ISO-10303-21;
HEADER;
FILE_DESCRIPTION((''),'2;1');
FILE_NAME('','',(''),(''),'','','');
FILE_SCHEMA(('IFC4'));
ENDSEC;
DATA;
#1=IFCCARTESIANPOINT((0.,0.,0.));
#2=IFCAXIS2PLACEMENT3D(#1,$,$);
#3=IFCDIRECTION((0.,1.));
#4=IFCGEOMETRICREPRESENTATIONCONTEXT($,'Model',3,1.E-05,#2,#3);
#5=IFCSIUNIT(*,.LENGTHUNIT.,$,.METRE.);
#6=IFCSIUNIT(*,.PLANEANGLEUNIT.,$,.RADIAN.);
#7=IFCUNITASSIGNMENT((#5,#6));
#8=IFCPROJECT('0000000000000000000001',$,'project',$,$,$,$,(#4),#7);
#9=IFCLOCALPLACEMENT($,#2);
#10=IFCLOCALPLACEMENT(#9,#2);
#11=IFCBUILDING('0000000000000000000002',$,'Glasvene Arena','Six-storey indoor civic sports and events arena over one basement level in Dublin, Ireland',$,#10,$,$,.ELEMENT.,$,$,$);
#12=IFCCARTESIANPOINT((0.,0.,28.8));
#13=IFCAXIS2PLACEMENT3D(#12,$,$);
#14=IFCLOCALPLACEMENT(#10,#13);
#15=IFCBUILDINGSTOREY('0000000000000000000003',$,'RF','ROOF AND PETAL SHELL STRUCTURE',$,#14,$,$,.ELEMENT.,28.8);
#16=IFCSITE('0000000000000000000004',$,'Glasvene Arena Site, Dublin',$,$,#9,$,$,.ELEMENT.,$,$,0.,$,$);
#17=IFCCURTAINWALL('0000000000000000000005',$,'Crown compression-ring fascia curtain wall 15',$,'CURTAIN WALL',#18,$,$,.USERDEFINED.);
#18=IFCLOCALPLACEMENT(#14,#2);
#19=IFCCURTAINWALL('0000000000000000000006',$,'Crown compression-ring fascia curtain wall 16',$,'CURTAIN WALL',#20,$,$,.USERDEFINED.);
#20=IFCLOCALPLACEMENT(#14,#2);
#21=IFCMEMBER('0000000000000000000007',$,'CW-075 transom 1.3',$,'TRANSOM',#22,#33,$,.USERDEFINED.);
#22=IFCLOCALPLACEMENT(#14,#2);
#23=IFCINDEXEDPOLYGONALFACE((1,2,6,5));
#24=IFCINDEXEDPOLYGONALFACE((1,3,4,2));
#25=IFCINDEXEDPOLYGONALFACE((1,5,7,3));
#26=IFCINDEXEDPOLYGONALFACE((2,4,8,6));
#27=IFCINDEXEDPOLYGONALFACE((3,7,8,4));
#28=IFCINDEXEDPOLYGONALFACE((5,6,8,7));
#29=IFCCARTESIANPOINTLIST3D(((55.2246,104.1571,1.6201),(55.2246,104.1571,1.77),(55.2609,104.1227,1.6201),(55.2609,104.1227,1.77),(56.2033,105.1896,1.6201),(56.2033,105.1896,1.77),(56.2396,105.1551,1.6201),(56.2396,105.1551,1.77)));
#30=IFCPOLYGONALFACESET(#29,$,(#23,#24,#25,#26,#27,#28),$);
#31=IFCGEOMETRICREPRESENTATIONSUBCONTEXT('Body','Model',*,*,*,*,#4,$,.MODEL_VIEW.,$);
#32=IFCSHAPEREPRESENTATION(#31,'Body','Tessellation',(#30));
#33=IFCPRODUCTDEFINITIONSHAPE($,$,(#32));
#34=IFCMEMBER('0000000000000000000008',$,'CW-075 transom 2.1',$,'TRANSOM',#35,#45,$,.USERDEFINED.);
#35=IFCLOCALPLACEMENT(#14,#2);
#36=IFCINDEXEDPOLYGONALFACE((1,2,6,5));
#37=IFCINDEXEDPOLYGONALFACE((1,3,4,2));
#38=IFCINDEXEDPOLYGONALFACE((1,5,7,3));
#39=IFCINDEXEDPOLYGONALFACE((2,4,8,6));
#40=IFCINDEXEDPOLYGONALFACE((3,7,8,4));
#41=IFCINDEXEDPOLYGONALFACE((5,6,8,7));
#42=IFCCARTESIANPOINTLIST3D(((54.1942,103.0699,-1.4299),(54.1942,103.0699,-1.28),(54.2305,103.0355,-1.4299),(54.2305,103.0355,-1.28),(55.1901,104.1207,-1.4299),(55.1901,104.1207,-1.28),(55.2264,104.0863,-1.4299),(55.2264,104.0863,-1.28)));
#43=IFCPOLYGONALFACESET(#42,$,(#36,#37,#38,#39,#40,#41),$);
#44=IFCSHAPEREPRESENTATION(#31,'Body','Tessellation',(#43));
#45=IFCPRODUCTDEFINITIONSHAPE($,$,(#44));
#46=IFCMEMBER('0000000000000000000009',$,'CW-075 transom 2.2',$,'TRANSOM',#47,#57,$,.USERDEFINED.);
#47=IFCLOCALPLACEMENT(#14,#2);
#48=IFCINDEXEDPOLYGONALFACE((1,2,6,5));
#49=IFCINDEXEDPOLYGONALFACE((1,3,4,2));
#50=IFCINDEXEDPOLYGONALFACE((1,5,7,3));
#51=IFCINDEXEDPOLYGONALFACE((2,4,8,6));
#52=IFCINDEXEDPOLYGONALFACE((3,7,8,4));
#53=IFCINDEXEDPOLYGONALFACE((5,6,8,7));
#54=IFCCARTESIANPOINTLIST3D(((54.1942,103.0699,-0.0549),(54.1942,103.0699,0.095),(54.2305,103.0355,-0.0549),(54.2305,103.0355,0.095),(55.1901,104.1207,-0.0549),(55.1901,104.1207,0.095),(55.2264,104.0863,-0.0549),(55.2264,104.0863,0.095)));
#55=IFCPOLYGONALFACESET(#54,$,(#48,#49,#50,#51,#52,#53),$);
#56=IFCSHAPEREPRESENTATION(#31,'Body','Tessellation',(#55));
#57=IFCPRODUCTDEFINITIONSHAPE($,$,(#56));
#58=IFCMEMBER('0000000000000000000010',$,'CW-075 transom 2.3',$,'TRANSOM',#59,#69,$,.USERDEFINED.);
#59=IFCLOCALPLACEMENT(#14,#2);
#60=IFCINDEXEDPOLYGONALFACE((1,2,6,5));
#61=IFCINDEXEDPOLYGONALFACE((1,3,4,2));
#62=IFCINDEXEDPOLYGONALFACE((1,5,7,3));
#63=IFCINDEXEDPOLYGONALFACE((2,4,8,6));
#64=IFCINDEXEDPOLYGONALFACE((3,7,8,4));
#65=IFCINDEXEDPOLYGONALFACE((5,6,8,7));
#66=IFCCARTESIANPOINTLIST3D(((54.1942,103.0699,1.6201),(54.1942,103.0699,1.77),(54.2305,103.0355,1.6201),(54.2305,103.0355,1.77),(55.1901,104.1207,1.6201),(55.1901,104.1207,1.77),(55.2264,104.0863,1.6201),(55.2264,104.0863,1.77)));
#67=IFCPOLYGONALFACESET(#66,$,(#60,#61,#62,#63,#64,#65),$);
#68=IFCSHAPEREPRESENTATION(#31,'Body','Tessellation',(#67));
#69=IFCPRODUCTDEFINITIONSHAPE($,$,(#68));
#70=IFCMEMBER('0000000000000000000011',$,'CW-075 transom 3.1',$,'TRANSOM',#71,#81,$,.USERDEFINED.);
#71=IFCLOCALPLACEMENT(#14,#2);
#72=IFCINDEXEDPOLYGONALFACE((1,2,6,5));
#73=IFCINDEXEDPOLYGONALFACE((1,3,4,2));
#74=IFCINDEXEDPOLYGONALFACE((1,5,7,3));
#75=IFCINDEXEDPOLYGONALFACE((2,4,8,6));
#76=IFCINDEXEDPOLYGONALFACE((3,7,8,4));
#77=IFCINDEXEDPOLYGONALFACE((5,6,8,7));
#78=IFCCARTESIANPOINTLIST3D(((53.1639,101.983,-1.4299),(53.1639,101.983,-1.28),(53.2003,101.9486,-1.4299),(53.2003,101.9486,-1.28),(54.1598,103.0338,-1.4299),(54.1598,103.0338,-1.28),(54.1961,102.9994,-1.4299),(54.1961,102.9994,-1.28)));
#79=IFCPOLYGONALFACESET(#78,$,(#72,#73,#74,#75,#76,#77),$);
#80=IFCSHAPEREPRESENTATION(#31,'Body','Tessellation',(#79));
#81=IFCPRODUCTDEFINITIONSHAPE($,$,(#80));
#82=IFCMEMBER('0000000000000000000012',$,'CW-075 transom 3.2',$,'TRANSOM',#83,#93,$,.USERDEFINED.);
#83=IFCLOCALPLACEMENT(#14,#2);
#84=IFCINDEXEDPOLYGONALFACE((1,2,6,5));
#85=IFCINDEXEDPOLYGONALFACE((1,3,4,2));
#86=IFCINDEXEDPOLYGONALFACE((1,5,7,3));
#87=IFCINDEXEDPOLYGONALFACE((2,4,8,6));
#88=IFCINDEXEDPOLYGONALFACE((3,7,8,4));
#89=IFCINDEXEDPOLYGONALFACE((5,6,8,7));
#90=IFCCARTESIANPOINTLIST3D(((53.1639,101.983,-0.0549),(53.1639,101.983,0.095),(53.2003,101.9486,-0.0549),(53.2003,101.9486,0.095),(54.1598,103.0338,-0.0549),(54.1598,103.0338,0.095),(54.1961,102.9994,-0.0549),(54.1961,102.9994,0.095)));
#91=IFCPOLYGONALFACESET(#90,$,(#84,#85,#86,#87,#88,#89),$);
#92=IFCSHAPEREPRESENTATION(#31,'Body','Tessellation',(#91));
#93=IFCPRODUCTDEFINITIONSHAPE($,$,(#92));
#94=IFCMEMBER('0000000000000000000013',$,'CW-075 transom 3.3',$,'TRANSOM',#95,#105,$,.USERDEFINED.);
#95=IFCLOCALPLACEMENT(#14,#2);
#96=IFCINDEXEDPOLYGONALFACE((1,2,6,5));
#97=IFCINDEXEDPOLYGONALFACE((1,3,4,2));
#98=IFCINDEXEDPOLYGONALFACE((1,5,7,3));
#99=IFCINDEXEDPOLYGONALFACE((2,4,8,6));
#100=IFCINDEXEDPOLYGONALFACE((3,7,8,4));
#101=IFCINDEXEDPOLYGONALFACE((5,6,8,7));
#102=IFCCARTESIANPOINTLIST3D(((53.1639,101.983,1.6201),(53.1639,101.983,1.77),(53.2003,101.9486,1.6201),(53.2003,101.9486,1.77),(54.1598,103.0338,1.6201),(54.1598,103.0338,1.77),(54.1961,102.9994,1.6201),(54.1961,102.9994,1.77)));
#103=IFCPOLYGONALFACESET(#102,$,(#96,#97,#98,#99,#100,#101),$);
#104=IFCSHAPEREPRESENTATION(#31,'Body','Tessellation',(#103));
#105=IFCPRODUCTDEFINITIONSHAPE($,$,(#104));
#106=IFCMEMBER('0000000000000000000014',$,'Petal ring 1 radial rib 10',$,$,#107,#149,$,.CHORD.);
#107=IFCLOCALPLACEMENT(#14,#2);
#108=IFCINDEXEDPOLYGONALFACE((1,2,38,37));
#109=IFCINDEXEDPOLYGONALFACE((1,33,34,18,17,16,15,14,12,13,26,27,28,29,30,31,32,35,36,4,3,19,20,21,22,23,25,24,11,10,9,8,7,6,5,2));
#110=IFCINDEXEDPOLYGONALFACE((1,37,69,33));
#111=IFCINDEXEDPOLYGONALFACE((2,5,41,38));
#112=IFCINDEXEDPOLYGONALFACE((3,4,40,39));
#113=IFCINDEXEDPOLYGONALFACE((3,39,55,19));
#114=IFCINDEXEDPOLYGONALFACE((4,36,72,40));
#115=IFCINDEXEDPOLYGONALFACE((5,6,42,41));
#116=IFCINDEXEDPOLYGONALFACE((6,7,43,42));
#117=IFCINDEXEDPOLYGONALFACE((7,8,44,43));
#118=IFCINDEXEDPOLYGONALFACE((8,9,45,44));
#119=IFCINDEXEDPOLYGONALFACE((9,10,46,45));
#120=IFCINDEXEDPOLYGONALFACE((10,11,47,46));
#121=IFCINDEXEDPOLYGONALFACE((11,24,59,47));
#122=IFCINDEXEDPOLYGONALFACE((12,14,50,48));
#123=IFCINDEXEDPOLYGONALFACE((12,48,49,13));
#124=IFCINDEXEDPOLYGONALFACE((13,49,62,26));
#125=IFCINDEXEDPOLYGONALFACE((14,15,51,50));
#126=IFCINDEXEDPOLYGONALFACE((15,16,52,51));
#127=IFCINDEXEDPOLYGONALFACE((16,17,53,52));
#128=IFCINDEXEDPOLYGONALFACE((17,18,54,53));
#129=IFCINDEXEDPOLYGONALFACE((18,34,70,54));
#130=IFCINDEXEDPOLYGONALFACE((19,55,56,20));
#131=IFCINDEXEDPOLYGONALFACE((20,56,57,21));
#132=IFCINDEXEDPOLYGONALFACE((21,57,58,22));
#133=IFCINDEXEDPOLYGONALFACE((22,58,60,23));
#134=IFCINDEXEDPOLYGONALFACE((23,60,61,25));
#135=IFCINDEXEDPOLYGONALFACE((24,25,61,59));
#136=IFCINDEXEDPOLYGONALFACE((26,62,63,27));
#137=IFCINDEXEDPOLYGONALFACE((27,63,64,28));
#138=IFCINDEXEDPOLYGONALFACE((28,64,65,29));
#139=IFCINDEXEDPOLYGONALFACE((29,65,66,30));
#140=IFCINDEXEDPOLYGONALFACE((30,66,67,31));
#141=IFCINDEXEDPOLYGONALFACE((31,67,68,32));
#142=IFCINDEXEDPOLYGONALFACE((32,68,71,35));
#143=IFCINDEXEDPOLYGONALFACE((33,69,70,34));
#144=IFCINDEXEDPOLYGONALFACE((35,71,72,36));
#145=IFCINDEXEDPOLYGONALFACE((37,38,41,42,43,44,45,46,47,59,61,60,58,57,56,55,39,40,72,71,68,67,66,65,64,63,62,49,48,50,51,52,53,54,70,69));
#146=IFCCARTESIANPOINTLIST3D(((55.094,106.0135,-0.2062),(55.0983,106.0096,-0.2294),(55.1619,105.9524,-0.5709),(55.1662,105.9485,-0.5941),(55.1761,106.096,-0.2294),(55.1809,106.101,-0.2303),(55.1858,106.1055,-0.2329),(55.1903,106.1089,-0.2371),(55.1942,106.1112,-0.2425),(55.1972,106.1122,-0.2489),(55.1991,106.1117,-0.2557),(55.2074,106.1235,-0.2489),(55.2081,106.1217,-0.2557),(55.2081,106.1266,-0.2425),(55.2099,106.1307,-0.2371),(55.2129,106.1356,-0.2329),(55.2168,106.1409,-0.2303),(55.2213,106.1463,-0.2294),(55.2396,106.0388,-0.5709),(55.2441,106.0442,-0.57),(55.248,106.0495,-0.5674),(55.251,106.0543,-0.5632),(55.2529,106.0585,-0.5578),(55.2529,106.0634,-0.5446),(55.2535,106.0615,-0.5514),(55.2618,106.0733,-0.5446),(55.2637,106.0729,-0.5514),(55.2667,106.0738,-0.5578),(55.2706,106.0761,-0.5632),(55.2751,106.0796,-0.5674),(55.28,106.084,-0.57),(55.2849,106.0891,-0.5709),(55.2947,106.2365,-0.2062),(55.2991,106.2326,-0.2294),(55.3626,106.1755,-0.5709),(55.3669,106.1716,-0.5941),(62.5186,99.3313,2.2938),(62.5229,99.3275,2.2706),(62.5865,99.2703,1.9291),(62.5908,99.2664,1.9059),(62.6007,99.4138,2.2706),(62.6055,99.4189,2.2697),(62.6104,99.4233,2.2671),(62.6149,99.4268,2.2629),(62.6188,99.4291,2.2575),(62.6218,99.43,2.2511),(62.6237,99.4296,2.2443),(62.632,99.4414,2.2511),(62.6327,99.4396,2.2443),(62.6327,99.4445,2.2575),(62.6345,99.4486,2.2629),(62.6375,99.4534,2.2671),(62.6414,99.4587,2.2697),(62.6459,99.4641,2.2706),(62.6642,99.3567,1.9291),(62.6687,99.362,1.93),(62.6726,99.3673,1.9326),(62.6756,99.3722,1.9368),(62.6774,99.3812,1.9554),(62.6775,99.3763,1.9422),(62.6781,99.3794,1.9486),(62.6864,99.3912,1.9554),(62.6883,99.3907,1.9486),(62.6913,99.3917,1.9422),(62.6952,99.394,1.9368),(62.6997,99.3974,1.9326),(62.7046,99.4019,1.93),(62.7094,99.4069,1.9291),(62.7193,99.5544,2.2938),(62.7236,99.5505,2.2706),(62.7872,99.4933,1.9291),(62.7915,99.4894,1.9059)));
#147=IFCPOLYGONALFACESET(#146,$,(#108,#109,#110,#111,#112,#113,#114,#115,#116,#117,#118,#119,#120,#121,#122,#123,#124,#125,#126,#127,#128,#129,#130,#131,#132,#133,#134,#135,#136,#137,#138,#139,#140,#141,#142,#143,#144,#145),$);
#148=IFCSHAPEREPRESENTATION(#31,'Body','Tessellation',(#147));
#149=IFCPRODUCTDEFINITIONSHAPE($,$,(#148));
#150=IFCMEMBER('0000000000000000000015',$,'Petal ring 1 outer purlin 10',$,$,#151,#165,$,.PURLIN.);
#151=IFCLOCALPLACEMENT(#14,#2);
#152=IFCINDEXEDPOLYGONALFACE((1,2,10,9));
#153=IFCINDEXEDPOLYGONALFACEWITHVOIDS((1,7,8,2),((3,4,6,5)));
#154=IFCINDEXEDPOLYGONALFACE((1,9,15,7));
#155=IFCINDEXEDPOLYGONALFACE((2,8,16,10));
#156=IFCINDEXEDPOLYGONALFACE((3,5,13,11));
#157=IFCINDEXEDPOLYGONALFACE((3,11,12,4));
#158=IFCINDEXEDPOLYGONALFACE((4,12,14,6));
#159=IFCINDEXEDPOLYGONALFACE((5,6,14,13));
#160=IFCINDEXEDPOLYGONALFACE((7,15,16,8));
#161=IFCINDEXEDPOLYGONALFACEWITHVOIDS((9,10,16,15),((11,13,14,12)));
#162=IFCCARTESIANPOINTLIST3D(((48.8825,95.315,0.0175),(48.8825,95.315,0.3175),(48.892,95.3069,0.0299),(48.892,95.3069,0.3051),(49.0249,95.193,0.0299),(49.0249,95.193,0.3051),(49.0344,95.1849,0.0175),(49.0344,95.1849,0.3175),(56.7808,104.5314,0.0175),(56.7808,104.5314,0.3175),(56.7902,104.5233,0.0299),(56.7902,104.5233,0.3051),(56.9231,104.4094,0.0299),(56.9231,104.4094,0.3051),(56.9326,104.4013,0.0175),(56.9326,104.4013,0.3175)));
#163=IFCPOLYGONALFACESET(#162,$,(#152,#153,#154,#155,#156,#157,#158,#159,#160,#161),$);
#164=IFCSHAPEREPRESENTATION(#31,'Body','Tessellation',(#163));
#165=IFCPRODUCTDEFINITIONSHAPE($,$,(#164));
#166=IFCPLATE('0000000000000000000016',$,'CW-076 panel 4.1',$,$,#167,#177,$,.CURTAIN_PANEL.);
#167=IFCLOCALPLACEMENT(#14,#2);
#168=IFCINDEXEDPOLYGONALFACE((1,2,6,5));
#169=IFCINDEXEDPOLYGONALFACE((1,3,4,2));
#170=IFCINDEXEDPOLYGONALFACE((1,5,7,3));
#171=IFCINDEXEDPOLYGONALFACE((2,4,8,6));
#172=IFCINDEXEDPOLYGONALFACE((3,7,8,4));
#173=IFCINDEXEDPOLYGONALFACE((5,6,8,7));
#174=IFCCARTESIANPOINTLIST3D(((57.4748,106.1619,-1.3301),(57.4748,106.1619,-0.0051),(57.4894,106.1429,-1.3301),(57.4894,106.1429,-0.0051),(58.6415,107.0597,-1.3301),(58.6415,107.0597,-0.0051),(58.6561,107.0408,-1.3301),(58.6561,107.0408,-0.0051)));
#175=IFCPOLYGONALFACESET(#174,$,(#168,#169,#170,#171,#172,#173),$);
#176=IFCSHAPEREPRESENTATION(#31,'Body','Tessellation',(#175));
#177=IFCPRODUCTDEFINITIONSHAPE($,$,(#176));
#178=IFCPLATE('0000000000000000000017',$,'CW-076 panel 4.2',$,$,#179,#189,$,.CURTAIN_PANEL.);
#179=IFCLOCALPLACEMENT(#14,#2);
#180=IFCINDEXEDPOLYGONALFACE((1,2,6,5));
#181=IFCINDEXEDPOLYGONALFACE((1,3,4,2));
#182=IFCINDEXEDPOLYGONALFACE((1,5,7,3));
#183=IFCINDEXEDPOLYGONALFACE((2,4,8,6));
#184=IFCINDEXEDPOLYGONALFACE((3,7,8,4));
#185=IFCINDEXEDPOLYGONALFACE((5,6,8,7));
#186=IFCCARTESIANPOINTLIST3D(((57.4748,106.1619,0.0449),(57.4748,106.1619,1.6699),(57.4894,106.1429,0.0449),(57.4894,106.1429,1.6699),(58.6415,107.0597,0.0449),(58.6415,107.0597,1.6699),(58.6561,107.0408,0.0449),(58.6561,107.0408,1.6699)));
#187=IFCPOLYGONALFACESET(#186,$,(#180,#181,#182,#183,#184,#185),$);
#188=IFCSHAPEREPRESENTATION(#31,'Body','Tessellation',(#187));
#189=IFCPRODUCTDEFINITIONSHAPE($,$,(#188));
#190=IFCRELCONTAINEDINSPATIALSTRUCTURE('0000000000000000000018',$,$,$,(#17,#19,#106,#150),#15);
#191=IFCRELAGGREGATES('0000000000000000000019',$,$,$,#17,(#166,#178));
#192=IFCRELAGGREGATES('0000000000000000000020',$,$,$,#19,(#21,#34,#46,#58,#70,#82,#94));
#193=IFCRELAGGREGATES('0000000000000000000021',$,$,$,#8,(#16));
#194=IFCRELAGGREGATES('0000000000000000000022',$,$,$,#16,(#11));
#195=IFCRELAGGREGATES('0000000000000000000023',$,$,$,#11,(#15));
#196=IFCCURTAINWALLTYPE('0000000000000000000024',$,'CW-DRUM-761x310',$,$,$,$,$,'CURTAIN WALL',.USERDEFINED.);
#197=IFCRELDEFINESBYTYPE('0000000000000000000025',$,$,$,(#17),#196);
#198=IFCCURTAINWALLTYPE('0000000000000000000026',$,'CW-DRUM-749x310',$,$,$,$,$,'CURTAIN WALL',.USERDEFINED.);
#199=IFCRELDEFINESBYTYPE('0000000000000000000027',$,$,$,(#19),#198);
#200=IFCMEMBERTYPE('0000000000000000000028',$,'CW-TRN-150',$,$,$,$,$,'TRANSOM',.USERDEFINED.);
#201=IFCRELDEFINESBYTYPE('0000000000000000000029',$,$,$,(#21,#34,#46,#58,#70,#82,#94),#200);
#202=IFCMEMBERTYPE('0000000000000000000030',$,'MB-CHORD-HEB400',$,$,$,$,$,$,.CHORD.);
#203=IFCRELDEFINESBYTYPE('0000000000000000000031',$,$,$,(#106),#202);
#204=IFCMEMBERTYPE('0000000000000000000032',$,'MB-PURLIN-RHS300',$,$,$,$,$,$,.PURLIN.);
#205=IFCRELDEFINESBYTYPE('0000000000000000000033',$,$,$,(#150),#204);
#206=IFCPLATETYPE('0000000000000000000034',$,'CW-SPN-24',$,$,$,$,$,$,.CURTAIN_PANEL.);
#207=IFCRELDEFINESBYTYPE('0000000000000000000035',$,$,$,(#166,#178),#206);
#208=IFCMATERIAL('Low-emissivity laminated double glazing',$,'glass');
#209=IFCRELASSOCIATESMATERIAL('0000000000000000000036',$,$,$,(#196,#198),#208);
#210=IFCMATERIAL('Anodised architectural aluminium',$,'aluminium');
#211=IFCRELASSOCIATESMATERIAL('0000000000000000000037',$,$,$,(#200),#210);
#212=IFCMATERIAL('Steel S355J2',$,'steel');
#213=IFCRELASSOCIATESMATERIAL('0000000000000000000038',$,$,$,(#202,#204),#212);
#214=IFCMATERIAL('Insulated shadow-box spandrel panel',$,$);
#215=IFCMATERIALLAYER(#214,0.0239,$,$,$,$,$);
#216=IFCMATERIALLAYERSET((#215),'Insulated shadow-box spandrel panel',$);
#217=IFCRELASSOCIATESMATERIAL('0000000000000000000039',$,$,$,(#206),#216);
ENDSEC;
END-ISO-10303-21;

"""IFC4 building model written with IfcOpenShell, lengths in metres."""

from ifc_helpers import new_model, si_unit, direction, frame, origin, origin_2d, place, context, subcontext, project, spatial, rectangle, hollow_rectangle, i_section, extrude, material, layer, layer_set, material_profile, profile_set, type_object, element, aggregate, save


model = new_model("IFC4")

# Units and contexts
model_context = context("Model", 3, precision=1e-05, world=origin(), true_north=direction((0.0, 1.0)))
body_context = subcontext(model_context, "Body", "Model", "MODEL_VIEW")
ifc_project = project(units=[si_unit("LENGTHUNIT", "METRE"), si_unit("PLANEANGLEUNIT", "RADIAN")], contexts=[model_context])

# Site, building, storey
site_placement = place(None, origin())
site = spatial("IfcSite", under=ifc_project, at=site_placement, Name="Glasvene Arena Site, Dublin", CompositionType="ELEMENT", RefElevation=0.0)
building_placement = place(site_placement, origin())
building = spatial("IfcBuilding", under=site, at=building_placement, Name="Glasvene Arena", Description="Six-storey indoor civic sports and events arena over one basement level in Dublin, Ireland", CompositionType="ELEMENT")
storey_placement = place(building_placement, frame((0.0, 0.0, 28.8)))
storey = spatial("IfcBuildingStorey", under=building, at=storey_placement, Name="RF", Description="ROOF AND PETAL SHELL STRUCTURE", CompositionType="ELEMENT", Elevation=28.8)

# Shared definitions
ifc_material_1 = material(Name="Steel S355J2", Category="steel")

# Curtain walls
ifc_material_2 = material(Name="Low-emissivity laminated double glazing", Category="glass")
curtain_wall_type_1 = type_object("IfcCurtainWallType", Name="CW-DRUM-761x310", ElementType="CURTAIN WALL", PredefinedType="USERDEFINED", material=ifc_material_2)
curtain_wall_1_placement = place(storey_placement, frame((62.2876, 109.8506, 0.0)))
curtain_wall_1 = element("IfcCurtainWall", 1, at=curtain_wall_1_placement, inside=storey, type_object=curtain_wall_type_1, Name="Crown compression-ring fascia curtain wall 15", ObjectType="CURTAIN WALL", PredefinedType="USERDEFINED")
ifc_material_3 = material(Name="Anodised architectural aluminium", Category="aluminium")
curtain_wall_type_2 = type_object("IfcCurtainWallType", Name="CW-DRUM-749x310", ElementType="CURTAIN WALL", PredefinedType="USERDEFINED", material=ifc_material_2)
curtain_wall_2_placement = place(storey_placement, frame((56.2559, 105.2087, 0.0)))
curtain_wall_2 = element("IfcCurtainWall", 2, at=curtain_wall_2_placement, inside=storey, type_object=curtain_wall_type_2, Name="Crown compression-ring fascia curtain wall 16", ObjectType="CURTAIN WALL", PredefinedType="USERDEFINED")

# Members
ifc_material_profile_1 = material_profile(ifc_material_3, rectangle(XDim=0.05, YDim=0.1499, at=origin_2d()), Name="ALU TRANSOM 50x150")
ifc_profile_set_1 = profile_set([ifc_material_profile_1], Name="Anodised architectural aluminium")
member_type_1 = type_object("IfcMemberType", Name="CW-TRN-150", ElementType="TRANSOM", PredefinedType="USERDEFINED", material=ifc_profile_set_1)
member_1_placement = place(storey_placement, frame((56.2214, 105.1724, 1.6951), z_axis=(-0.687978, -0.725732, 0.0), x_axis=(0.725732, -0.687978, 0.0)))
member_1 = element("IfcMember", 3, at=member_1_placement, type_object=member_type_1, Name="CW-075 transom 1.3", ObjectType="TRANSOM", PredefinedType="USERDEFINED", context=body_context, shape_type="SweptSolid", body=[
    extrude(rectangle(XDim=0.05, YDim=0.1499, at=origin_2d()), origin(), (0.0, 0.0, 1.0), 1.4226),
])
member_2_placement = place(storey_placement, frame((55.2083, 104.1035, -1.355), z_axis=(-0.68788, -0.725824, 0.0), x_axis=(0.725824, -0.68788, 0.0)))
member_2 = element("IfcMember", 4, at=member_2_placement, type_object=member_type_1, Name="CW-075 transom 2.1", ObjectType="TRANSOM", PredefinedType="USERDEFINED", context=body_context, shape_type="SweptSolid", body=[
    extrude(rectangle(XDim=0.05, YDim=0.1499, at=origin_2d()), origin(), (0.0, 0.0, 1.0), 1.4478),
])
member_3_placement = place(storey_placement, frame((55.2083, 104.1035, 0.02), z_axis=(-0.68788, -0.725824, 0.0), x_axis=(0.725824, -0.68788, 0.0)))
member_3 = element("IfcMember", 5, at=member_3_placement, type_object=member_type_1, Name="CW-075 transom 2.2", ObjectType="TRANSOM", PredefinedType="USERDEFINED", context=body_context, shape_type="SweptSolid", body=[
    extrude(rectangle(XDim=0.05, YDim=0.1499, at=origin_2d()), origin(), (0.0, 0.0, 1.0), 1.4478),
])
member_4_placement = place(storey_placement, frame((55.2083, 104.1035, 1.6951), z_axis=(-0.68788, -0.725824, 0.0), x_axis=(0.725824, -0.68788, 0.0)))
member_4 = element("IfcMember", 6, at=member_4_placement, type_object=member_type_1, Name="CW-075 transom 2.3", ObjectType="TRANSOM", PredefinedType="USERDEFINED", context=body_context, shape_type="SweptSolid", body=[
    extrude(rectangle(XDim=0.05, YDim=0.1499, at=origin_2d()), origin(), (0.0, 0.0, 1.0), 1.4478),
])
member_5_placement = place(storey_placement, frame((54.178, 103.0166, -1.355), z_axis=(-0.68788, -0.725824, 0.0), x_axis=(0.725824, -0.68788, 0.0)))
member_5 = element("IfcMember", 7, at=member_5_placement, type_object=member_type_1, Name="CW-075 transom 3.1", ObjectType="TRANSOM", PredefinedType="USERDEFINED", context=body_context, shape_type="SweptSolid", body=[
    extrude(rectangle(XDim=0.05, YDim=0.1499, at=origin_2d()), origin(), (0.0, 0.0, 1.0), 1.4478),
])
member_6_placement = place(storey_placement, frame((54.178, 103.0166, 0.02), z_axis=(-0.68788, -0.725824, 0.0), x_axis=(0.725824, -0.68788, 0.0)))
member_6 = element("IfcMember", 8, at=member_6_placement, type_object=member_type_1, Name="CW-075 transom 3.2", ObjectType="TRANSOM", PredefinedType="USERDEFINED", context=body_context, shape_type="SweptSolid", body=[
    extrude(rectangle(XDim=0.05, YDim=0.1499, at=origin_2d()), origin(), (0.0, 0.0, 1.0), 1.4478),
])
member_7_placement = place(storey_placement, frame((54.178, 103.0166, 1.6951), z_axis=(-0.68788, -0.725824, 0.0), x_axis=(0.725824, -0.68788, 0.0)))
member_7 = element("IfcMember", 9, at=member_7_placement, type_object=member_type_1, Name="CW-075 transom 3.3", ObjectType="TRANSOM", PredefinedType="USERDEFINED", context=body_context, shape_type="SweptSolid", body=[
    extrude(rectangle(XDim=0.05, YDim=0.1499, at=origin_2d()), origin(), (0.0, 0.0, 1.0), 1.4478),
])

# Members
ifc_material_profile_2 = material_profile(ifc_material_1, i_section(OverallWidth=0.3, OverallDepth=0.3999, WebThickness=0.0134, FlangeThickness=0.0239, FilletRadius=0.0271, at=origin_2d()), Name="HEB 400")
ifc_profile_set_2 = profile_set([ifc_material_profile_2], Name="Steel S355J2")
member_type_2 = type_object("IfcMemberType", Name="MB-CHORD-HEB400", PredefinedType="CHORD", material=ifc_profile_set_2)
member_8_placement = place(storey_placement, frame((55.2305, 106.0925, -0.4001), z_axis=(0.721052, -0.648949, 0.242793), x_axis=(0.668966, 0.743293, 0.0)))
element("IfcMember", 10, at=member_8_placement, inside=storey, type_object=member_type_2, Name="Petal ring 1 radial rib 10", PredefinedType="CHORD", context=body_context, shape_type="SweptSolid", body=[
    extrude(i_section(OverallWidth=0.3, OverallDepth=0.3999, WebThickness=0.0134, FlangeThickness=0.0239, FilletRadius=0.0271, at=origin_2d()), origin(), (0.0, 0.0, 1.0), 10.2969),
])
ifc_material_profile_3 = material_profile(ifc_material_1, hollow_rectangle(XDim=0.2, YDim=0.3, WallThickness=0.0125, at=origin_2d()), Name="RHS 300x200x12.5")
ifc_profile_set_3 = profile_set([ifc_material_profile_3], Name="Steel S355J2")
member_type_3 = type_object("IfcMemberType", Name="MB-PURLIN-RHS300", PredefinedType="PURLIN", material=ifc_profile_set_3)
member_9_placement = place(storey_placement, frame((56.8567, 104.4663, 0.1675), z_axis=(-0.65072, -0.759318, 0.0), x_axis=(0.759318, -0.65072, 0.0)))
element("IfcMember", 11, at=member_9_placement, inside=storey, type_object=member_type_3, Name="Petal ring 1 outer purlin 10", PredefinedType="PURLIN", context=body_context, shape_type="SweptSolid", body=[
    extrude(hollow_rectangle(XDim=0.2, YDim=0.3, WallThickness=0.0125, at=origin_2d()), origin(), (0.0, 0.0, 1.0), 12.1377),
])

# Plates
ifc_material_4 = material(Name="Insulated shadow-box spandrel panel")
ifc_layer_1 = layer(ifc_material_4, 0.0239)
ifc_layer_set_1 = layer_set([ifc_layer_1], Name="Insulated shadow-box spandrel panel")
plate_type_1 = type_object("IfcPlateType", Name="CW-SPN-24", PredefinedType="CURTAIN_PANEL", material=ifc_layer_set_1)
plate_1_placement = place(storey_placement, frame((58.0654, 106.6013, -1.3301), z_axis=(0.0, 0.0, 1.0), x_axis=(-0.792482, -0.609895, 0.0)))
plate_1 = element("IfcPlate", 12, at=plate_1_placement, type_object=plate_type_1, Name="CW-076 panel 4.1", PredefinedType="CURTAIN_PANEL", context=body_context, shape_type="SweptSolid", body=[
    extrude(rectangle(XDim=1.4722, YDim=0.0239, at=origin_2d()), origin(), (0.0, 0.0, 1.0), 1.325),
])
plate_2_placement = place(storey_placement, frame((58.0654, 106.6013, 0.0449), z_axis=(0.0, 0.0, 1.0), x_axis=(-0.792482, -0.609895, 0.0)))
plate_2 = element("IfcPlate", 13, at=plate_2_placement, type_object=plate_type_1, Name="CW-076 panel 4.2", PredefinedType="CURTAIN_PANEL", context=body_context, shape_type="SweptSolid", body=[
    extrude(rectangle(XDim=1.4722, YDim=0.0239, at=origin_2d()), origin(), (0.0, 0.0, 1.0), 1.625),
])
aggregate(curtain_wall_1, [plate_1, plate_2])
aggregate(curtain_wall_2, [member_1, member_2, member_3, member_4, member_5, member_6, member_7])

save(model, "model.ifc")
